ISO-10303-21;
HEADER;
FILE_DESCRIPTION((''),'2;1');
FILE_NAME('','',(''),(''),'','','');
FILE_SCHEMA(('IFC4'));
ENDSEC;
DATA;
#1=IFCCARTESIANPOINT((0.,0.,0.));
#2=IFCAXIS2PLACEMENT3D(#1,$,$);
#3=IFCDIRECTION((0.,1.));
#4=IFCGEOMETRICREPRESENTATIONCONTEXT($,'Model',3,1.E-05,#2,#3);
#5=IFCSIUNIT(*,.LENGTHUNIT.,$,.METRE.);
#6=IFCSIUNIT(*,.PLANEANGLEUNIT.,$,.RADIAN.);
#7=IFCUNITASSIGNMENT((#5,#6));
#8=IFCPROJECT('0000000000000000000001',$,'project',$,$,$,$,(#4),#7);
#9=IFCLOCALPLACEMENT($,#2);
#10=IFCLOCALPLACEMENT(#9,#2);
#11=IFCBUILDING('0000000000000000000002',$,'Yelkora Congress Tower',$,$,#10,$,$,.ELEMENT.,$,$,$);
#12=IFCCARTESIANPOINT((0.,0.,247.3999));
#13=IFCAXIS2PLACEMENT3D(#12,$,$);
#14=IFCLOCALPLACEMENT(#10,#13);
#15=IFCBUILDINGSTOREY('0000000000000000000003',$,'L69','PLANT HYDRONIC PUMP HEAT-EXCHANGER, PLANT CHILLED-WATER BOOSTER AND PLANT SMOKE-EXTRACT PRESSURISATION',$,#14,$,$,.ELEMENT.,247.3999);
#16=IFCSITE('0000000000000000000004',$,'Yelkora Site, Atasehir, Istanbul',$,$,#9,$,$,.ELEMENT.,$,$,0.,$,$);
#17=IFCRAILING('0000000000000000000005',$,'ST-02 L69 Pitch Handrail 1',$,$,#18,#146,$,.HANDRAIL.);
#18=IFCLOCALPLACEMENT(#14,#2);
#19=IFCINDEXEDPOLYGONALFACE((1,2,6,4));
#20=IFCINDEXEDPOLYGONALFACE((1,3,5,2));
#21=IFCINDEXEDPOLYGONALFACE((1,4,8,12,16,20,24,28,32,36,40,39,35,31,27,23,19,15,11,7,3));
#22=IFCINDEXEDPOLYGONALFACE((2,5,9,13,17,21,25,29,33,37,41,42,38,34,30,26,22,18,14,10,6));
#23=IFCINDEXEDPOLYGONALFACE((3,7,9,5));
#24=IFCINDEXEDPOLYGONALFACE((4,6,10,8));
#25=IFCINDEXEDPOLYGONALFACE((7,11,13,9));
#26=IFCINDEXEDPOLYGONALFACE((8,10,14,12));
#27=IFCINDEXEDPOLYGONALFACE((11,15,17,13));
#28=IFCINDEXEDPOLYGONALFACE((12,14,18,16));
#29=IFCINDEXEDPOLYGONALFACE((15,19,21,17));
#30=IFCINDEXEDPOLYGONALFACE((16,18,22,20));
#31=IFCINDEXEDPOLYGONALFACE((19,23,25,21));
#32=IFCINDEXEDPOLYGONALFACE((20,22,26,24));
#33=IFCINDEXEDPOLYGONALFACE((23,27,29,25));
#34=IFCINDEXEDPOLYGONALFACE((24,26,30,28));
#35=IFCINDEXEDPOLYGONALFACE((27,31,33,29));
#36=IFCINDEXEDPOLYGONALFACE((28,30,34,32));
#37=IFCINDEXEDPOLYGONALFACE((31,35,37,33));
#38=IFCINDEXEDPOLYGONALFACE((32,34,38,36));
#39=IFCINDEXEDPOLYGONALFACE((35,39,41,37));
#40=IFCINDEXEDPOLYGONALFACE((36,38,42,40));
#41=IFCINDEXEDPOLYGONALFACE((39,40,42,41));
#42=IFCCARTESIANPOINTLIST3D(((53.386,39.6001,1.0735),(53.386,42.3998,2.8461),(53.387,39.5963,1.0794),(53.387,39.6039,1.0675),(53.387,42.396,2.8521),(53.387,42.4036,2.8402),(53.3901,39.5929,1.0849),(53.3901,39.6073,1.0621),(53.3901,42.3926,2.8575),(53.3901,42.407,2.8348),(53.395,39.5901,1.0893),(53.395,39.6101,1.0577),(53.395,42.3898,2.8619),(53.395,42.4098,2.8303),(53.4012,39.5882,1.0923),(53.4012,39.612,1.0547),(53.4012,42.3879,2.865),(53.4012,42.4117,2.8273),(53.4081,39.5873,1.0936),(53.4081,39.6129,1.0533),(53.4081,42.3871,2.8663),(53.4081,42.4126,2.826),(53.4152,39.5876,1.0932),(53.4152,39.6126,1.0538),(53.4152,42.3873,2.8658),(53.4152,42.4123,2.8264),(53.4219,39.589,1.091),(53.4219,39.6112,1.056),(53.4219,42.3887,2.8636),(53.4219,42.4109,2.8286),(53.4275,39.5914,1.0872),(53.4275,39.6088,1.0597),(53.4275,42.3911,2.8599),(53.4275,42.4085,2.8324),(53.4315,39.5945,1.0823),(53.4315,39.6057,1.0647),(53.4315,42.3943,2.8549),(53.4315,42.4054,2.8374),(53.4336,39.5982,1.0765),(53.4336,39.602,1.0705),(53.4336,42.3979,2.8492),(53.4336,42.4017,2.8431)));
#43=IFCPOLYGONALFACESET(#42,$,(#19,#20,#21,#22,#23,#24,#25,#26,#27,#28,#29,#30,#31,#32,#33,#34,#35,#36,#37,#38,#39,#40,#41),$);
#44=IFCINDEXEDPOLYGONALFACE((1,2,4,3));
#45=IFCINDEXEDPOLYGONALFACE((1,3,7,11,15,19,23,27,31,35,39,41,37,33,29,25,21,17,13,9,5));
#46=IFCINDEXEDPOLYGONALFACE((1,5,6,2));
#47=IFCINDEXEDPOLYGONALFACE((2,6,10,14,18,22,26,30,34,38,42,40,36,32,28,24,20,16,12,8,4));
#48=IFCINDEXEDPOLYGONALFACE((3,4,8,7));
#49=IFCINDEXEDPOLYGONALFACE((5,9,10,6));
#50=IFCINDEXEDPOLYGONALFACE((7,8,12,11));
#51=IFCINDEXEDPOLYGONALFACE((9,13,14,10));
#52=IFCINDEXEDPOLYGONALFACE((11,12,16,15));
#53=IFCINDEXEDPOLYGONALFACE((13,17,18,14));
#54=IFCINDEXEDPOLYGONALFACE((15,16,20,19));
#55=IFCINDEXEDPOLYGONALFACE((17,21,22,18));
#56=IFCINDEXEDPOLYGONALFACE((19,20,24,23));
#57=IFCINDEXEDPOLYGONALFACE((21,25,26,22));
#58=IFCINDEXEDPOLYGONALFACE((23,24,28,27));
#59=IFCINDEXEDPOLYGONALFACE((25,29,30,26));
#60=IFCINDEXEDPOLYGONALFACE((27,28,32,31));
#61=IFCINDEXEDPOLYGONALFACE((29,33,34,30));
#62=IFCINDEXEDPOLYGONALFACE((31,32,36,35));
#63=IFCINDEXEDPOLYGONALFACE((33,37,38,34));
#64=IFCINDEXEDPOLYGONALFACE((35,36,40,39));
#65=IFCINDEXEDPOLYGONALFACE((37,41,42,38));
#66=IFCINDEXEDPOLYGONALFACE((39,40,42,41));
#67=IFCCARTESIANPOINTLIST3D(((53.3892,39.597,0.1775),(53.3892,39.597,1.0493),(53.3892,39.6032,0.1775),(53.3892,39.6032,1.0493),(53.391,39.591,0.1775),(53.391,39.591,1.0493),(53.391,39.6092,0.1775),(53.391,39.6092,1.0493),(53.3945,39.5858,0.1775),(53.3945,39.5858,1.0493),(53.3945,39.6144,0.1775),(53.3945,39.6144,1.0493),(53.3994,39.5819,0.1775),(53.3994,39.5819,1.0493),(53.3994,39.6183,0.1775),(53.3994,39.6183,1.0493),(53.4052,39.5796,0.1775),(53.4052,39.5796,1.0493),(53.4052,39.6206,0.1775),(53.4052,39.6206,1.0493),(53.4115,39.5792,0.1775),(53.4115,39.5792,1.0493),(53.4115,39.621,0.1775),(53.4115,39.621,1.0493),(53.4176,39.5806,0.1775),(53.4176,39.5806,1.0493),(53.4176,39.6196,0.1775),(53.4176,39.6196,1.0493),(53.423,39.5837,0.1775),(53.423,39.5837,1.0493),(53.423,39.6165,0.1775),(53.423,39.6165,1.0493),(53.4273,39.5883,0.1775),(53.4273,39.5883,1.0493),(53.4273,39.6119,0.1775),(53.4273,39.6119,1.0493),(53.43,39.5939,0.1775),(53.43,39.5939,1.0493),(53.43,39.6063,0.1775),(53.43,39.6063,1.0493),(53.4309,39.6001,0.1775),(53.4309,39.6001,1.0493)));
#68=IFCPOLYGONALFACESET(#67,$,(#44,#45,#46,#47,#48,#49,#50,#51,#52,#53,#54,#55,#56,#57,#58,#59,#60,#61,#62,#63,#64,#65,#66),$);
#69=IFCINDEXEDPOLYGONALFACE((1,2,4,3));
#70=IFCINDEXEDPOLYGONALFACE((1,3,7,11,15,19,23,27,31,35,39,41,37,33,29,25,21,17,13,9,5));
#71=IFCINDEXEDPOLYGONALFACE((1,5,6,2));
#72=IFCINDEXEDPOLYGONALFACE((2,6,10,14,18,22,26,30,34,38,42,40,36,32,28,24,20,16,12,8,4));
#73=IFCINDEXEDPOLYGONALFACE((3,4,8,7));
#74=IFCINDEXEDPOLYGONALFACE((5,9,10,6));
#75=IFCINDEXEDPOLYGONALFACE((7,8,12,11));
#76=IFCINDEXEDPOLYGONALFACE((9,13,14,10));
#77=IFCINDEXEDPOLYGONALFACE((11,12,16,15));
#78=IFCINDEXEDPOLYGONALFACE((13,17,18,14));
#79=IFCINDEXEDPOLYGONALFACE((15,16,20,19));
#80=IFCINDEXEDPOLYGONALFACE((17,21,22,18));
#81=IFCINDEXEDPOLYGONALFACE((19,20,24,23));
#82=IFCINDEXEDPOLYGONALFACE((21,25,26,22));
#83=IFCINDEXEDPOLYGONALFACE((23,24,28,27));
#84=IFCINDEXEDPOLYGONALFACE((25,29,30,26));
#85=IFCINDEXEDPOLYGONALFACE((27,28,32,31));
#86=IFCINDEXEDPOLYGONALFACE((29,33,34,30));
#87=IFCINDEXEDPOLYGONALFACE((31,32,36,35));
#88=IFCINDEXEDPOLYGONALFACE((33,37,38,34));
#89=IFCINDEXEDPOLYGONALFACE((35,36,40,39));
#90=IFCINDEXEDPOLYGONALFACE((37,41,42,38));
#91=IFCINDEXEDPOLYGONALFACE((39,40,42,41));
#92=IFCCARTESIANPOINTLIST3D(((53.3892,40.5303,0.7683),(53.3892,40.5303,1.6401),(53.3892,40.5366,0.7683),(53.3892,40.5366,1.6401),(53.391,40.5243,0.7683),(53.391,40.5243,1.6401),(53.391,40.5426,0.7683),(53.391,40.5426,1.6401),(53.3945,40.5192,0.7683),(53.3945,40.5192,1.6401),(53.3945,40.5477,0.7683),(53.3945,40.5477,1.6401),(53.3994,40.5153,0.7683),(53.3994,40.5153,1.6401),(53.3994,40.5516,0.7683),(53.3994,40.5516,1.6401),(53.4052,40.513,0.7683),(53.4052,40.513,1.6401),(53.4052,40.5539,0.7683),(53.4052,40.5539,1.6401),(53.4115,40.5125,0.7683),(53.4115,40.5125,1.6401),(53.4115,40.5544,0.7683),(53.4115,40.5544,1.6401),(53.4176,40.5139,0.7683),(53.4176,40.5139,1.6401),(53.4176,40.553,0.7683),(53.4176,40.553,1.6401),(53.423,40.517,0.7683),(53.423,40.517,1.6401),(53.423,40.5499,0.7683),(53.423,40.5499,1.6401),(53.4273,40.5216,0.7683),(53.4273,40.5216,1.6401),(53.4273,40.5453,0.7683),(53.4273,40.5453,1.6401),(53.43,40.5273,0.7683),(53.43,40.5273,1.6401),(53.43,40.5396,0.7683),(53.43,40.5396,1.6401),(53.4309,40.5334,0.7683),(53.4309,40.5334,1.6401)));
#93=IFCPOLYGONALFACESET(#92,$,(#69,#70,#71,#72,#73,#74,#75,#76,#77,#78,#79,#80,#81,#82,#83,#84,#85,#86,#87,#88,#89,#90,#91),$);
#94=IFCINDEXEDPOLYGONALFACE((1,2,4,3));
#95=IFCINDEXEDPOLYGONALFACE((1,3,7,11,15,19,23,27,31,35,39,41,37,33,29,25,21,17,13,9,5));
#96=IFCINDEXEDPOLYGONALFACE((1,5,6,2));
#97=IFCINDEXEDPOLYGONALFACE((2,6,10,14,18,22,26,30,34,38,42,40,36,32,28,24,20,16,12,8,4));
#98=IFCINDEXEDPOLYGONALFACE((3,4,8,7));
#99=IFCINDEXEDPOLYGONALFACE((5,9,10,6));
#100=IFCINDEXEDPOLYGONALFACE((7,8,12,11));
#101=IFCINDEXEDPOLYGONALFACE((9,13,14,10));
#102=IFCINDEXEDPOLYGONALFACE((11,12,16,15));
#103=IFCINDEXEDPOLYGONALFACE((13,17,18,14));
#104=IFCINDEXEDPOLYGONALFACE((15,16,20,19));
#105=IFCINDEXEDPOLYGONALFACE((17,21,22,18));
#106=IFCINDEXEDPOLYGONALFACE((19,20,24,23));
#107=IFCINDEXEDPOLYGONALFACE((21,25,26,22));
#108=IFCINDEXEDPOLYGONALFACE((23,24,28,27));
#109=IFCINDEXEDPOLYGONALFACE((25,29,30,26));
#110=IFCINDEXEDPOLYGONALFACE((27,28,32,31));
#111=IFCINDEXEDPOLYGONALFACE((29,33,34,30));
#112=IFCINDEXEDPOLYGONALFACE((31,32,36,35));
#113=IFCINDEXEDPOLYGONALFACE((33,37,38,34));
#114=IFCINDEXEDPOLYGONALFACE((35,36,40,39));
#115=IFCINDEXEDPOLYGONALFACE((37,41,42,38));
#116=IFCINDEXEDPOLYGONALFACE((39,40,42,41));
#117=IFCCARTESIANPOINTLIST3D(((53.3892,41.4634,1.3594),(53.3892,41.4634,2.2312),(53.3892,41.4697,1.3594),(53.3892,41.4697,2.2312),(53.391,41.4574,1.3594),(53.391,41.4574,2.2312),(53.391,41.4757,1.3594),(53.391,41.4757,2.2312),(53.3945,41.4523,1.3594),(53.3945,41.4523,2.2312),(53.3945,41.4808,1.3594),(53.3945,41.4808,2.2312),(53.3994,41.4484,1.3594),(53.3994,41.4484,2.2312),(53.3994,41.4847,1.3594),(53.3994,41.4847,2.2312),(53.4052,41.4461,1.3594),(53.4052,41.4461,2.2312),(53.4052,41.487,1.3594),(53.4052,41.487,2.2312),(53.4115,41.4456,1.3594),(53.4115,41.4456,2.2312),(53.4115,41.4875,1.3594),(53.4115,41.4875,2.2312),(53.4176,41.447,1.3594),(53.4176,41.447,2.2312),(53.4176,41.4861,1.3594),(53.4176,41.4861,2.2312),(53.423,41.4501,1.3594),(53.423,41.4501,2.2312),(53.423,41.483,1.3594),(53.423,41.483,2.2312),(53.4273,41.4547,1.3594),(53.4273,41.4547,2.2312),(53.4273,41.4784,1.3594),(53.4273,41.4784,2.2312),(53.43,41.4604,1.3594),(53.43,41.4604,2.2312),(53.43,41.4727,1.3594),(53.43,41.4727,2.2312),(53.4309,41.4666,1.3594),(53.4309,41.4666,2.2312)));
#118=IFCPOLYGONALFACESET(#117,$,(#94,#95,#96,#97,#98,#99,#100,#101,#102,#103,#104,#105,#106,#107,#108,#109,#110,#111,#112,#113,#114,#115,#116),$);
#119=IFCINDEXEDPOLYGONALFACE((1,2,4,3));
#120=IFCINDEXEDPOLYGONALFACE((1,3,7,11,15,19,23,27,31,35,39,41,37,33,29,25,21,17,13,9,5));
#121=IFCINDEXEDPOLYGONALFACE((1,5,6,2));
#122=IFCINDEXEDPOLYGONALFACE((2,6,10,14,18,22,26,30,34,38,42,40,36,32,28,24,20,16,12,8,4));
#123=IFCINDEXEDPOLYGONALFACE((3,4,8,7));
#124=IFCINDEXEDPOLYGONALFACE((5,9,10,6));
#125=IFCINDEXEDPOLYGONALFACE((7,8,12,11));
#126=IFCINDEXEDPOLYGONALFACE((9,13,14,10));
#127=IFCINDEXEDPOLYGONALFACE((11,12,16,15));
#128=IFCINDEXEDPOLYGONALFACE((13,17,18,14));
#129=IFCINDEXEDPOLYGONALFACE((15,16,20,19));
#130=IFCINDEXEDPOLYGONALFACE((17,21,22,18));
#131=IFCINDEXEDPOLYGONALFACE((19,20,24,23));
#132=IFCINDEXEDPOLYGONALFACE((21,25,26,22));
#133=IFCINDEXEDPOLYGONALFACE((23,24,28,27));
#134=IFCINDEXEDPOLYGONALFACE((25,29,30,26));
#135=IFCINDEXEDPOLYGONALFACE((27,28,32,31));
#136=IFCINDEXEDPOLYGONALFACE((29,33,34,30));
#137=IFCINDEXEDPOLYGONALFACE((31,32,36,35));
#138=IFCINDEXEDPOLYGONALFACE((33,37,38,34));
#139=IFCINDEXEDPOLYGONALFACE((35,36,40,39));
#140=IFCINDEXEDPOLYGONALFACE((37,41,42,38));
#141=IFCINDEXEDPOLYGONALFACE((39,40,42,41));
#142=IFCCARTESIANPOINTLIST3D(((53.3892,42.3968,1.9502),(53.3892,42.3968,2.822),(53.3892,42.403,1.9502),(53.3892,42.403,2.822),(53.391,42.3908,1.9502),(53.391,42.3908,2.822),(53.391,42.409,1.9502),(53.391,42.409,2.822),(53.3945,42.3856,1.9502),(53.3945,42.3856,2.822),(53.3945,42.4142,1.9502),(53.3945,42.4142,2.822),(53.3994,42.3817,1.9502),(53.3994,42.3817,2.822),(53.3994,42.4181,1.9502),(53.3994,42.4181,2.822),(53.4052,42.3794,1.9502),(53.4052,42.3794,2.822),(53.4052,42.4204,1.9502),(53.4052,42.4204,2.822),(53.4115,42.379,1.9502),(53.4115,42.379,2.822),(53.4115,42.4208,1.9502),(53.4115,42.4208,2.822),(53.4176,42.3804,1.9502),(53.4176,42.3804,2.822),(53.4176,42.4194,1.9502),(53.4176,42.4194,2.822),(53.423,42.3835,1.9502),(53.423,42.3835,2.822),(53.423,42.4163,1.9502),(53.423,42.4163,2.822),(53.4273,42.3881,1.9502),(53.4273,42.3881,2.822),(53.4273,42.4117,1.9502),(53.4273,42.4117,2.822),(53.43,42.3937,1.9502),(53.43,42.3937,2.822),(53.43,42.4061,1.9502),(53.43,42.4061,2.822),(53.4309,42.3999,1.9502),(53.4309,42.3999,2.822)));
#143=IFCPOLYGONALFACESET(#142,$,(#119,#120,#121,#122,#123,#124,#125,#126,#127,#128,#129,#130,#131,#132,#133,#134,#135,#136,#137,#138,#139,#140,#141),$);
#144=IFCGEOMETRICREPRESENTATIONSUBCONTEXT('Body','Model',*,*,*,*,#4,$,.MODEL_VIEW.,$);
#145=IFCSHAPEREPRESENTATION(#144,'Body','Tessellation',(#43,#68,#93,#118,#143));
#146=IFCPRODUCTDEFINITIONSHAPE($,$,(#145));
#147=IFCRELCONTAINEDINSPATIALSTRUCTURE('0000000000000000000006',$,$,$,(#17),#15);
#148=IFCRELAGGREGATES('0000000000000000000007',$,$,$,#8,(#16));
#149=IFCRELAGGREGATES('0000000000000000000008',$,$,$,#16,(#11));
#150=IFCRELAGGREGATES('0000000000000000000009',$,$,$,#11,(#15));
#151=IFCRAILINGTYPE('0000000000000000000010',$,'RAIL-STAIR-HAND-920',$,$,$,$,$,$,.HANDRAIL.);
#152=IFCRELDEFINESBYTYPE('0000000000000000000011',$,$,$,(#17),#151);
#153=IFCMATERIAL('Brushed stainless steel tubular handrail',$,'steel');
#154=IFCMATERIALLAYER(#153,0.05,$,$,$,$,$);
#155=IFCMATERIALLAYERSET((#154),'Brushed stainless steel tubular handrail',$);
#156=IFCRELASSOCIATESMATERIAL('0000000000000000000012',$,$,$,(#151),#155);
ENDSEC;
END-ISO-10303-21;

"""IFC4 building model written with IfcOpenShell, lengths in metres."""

from ifc_helpers import new_model, si_unit, direction, frame, origin, origin_2d, place, context, subcontext, project, spatial, circle, extrude, material, layer, layer_set, type_object, element, save


model = new_model("IFC4")

# Units and contexts
model_context = context("Model", 3, precision=1e-05, world=origin(), true_north=direction((0.0, 1.0)))
body_context = subcontext(model_context, "Body", "Model", "MODEL_VIEW")
ifc_project = project(units=[si_unit("LENGTHUNIT", "METRE"), si_unit("PLANEANGLEUNIT", "RADIAN")], contexts=[model_context])

# Site, building, storey
site_placement = place(None, origin())
site = spatial("IfcSite", under=ifc_project, at=site_placement, Name="Yelkora Site, Atasehir, Istanbul", CompositionType="ELEMENT", RefElevation=0.0)
building_placement = place(site_placement, origin())
building = spatial("IfcBuilding", under=site, at=building_placement, Name="Yelkora Congress Tower", CompositionType="ELEMENT")
storey_placement = place(building_placement, frame((0.0, 0.0, 247.3999)))
storey = spatial("IfcBuildingStorey", under=building, at=storey_placement, Name="L69", Description="PLANT HYDRONIC PUMP HEAT-EXCHANGER, PLANT CHILLED-WATER BOOSTER AND PLANT SMOKE-EXTRACT PRESSURISATION", CompositionType="ELEMENT", Elevation=247.3999)

# Railing
ifc_material_1 = material(Name="Brushed stainless steel tubular handrail", Category="steel")
ifc_layer_1 = layer(ifc_material_1, 0.05)
ifc_layer_set_1 = layer_set([ifc_layer_1], Name="Brushed stainless steel tubular handrail")
railing_type_1 = type_object("IfcRailingType", Name="RAIL-STAIR-HAND-920", PredefinedType="HANDRAIL", material=ifc_layer_set_1)
railing_1_placement = place(storey_placement, frame((53.4099, 39.6001, 0.1775)))
element("IfcRailing", 1, at=railing_1_placement, inside=storey, type_object=railing_type_1, Name="ST-02 L69 Pitch Handrail 1", PredefinedType="HANDRAIL", context=body_context, shape_type="SweptSolid", body=[
    extrude(circle(Radius=0.0239, at=origin_2d()), frame((0.0, 0.0, 0.896), z_axis=(0.0, 0.844888, 0.534943), x_axis=(-1.0, 0.0, 0.0)), (0.0, 0.0, 1.0), 3.3137),
    extrude(circle(Radius=0.021, at=origin_2d()), origin(), (0.0, 0.0, 1.0), 0.8718),
    extrude(circle(Radius=0.021, at=origin_2d()), frame((0.0, 0.9333, 0.5908)), (0.0, 0.0, 1.0), 0.8718),
    extrude(circle(Radius=0.021, at=origin_2d()), frame((0.0, 1.8665, 1.1819)), (0.0, 0.0, 1.0), 0.8718),
    extrude(circle(Radius=0.021, at=origin_2d()), frame((0.0, 2.7998, 1.7727)), (0.0, 0.0, 1.0), 0.8718),
])

save(model, "model.ifc")
